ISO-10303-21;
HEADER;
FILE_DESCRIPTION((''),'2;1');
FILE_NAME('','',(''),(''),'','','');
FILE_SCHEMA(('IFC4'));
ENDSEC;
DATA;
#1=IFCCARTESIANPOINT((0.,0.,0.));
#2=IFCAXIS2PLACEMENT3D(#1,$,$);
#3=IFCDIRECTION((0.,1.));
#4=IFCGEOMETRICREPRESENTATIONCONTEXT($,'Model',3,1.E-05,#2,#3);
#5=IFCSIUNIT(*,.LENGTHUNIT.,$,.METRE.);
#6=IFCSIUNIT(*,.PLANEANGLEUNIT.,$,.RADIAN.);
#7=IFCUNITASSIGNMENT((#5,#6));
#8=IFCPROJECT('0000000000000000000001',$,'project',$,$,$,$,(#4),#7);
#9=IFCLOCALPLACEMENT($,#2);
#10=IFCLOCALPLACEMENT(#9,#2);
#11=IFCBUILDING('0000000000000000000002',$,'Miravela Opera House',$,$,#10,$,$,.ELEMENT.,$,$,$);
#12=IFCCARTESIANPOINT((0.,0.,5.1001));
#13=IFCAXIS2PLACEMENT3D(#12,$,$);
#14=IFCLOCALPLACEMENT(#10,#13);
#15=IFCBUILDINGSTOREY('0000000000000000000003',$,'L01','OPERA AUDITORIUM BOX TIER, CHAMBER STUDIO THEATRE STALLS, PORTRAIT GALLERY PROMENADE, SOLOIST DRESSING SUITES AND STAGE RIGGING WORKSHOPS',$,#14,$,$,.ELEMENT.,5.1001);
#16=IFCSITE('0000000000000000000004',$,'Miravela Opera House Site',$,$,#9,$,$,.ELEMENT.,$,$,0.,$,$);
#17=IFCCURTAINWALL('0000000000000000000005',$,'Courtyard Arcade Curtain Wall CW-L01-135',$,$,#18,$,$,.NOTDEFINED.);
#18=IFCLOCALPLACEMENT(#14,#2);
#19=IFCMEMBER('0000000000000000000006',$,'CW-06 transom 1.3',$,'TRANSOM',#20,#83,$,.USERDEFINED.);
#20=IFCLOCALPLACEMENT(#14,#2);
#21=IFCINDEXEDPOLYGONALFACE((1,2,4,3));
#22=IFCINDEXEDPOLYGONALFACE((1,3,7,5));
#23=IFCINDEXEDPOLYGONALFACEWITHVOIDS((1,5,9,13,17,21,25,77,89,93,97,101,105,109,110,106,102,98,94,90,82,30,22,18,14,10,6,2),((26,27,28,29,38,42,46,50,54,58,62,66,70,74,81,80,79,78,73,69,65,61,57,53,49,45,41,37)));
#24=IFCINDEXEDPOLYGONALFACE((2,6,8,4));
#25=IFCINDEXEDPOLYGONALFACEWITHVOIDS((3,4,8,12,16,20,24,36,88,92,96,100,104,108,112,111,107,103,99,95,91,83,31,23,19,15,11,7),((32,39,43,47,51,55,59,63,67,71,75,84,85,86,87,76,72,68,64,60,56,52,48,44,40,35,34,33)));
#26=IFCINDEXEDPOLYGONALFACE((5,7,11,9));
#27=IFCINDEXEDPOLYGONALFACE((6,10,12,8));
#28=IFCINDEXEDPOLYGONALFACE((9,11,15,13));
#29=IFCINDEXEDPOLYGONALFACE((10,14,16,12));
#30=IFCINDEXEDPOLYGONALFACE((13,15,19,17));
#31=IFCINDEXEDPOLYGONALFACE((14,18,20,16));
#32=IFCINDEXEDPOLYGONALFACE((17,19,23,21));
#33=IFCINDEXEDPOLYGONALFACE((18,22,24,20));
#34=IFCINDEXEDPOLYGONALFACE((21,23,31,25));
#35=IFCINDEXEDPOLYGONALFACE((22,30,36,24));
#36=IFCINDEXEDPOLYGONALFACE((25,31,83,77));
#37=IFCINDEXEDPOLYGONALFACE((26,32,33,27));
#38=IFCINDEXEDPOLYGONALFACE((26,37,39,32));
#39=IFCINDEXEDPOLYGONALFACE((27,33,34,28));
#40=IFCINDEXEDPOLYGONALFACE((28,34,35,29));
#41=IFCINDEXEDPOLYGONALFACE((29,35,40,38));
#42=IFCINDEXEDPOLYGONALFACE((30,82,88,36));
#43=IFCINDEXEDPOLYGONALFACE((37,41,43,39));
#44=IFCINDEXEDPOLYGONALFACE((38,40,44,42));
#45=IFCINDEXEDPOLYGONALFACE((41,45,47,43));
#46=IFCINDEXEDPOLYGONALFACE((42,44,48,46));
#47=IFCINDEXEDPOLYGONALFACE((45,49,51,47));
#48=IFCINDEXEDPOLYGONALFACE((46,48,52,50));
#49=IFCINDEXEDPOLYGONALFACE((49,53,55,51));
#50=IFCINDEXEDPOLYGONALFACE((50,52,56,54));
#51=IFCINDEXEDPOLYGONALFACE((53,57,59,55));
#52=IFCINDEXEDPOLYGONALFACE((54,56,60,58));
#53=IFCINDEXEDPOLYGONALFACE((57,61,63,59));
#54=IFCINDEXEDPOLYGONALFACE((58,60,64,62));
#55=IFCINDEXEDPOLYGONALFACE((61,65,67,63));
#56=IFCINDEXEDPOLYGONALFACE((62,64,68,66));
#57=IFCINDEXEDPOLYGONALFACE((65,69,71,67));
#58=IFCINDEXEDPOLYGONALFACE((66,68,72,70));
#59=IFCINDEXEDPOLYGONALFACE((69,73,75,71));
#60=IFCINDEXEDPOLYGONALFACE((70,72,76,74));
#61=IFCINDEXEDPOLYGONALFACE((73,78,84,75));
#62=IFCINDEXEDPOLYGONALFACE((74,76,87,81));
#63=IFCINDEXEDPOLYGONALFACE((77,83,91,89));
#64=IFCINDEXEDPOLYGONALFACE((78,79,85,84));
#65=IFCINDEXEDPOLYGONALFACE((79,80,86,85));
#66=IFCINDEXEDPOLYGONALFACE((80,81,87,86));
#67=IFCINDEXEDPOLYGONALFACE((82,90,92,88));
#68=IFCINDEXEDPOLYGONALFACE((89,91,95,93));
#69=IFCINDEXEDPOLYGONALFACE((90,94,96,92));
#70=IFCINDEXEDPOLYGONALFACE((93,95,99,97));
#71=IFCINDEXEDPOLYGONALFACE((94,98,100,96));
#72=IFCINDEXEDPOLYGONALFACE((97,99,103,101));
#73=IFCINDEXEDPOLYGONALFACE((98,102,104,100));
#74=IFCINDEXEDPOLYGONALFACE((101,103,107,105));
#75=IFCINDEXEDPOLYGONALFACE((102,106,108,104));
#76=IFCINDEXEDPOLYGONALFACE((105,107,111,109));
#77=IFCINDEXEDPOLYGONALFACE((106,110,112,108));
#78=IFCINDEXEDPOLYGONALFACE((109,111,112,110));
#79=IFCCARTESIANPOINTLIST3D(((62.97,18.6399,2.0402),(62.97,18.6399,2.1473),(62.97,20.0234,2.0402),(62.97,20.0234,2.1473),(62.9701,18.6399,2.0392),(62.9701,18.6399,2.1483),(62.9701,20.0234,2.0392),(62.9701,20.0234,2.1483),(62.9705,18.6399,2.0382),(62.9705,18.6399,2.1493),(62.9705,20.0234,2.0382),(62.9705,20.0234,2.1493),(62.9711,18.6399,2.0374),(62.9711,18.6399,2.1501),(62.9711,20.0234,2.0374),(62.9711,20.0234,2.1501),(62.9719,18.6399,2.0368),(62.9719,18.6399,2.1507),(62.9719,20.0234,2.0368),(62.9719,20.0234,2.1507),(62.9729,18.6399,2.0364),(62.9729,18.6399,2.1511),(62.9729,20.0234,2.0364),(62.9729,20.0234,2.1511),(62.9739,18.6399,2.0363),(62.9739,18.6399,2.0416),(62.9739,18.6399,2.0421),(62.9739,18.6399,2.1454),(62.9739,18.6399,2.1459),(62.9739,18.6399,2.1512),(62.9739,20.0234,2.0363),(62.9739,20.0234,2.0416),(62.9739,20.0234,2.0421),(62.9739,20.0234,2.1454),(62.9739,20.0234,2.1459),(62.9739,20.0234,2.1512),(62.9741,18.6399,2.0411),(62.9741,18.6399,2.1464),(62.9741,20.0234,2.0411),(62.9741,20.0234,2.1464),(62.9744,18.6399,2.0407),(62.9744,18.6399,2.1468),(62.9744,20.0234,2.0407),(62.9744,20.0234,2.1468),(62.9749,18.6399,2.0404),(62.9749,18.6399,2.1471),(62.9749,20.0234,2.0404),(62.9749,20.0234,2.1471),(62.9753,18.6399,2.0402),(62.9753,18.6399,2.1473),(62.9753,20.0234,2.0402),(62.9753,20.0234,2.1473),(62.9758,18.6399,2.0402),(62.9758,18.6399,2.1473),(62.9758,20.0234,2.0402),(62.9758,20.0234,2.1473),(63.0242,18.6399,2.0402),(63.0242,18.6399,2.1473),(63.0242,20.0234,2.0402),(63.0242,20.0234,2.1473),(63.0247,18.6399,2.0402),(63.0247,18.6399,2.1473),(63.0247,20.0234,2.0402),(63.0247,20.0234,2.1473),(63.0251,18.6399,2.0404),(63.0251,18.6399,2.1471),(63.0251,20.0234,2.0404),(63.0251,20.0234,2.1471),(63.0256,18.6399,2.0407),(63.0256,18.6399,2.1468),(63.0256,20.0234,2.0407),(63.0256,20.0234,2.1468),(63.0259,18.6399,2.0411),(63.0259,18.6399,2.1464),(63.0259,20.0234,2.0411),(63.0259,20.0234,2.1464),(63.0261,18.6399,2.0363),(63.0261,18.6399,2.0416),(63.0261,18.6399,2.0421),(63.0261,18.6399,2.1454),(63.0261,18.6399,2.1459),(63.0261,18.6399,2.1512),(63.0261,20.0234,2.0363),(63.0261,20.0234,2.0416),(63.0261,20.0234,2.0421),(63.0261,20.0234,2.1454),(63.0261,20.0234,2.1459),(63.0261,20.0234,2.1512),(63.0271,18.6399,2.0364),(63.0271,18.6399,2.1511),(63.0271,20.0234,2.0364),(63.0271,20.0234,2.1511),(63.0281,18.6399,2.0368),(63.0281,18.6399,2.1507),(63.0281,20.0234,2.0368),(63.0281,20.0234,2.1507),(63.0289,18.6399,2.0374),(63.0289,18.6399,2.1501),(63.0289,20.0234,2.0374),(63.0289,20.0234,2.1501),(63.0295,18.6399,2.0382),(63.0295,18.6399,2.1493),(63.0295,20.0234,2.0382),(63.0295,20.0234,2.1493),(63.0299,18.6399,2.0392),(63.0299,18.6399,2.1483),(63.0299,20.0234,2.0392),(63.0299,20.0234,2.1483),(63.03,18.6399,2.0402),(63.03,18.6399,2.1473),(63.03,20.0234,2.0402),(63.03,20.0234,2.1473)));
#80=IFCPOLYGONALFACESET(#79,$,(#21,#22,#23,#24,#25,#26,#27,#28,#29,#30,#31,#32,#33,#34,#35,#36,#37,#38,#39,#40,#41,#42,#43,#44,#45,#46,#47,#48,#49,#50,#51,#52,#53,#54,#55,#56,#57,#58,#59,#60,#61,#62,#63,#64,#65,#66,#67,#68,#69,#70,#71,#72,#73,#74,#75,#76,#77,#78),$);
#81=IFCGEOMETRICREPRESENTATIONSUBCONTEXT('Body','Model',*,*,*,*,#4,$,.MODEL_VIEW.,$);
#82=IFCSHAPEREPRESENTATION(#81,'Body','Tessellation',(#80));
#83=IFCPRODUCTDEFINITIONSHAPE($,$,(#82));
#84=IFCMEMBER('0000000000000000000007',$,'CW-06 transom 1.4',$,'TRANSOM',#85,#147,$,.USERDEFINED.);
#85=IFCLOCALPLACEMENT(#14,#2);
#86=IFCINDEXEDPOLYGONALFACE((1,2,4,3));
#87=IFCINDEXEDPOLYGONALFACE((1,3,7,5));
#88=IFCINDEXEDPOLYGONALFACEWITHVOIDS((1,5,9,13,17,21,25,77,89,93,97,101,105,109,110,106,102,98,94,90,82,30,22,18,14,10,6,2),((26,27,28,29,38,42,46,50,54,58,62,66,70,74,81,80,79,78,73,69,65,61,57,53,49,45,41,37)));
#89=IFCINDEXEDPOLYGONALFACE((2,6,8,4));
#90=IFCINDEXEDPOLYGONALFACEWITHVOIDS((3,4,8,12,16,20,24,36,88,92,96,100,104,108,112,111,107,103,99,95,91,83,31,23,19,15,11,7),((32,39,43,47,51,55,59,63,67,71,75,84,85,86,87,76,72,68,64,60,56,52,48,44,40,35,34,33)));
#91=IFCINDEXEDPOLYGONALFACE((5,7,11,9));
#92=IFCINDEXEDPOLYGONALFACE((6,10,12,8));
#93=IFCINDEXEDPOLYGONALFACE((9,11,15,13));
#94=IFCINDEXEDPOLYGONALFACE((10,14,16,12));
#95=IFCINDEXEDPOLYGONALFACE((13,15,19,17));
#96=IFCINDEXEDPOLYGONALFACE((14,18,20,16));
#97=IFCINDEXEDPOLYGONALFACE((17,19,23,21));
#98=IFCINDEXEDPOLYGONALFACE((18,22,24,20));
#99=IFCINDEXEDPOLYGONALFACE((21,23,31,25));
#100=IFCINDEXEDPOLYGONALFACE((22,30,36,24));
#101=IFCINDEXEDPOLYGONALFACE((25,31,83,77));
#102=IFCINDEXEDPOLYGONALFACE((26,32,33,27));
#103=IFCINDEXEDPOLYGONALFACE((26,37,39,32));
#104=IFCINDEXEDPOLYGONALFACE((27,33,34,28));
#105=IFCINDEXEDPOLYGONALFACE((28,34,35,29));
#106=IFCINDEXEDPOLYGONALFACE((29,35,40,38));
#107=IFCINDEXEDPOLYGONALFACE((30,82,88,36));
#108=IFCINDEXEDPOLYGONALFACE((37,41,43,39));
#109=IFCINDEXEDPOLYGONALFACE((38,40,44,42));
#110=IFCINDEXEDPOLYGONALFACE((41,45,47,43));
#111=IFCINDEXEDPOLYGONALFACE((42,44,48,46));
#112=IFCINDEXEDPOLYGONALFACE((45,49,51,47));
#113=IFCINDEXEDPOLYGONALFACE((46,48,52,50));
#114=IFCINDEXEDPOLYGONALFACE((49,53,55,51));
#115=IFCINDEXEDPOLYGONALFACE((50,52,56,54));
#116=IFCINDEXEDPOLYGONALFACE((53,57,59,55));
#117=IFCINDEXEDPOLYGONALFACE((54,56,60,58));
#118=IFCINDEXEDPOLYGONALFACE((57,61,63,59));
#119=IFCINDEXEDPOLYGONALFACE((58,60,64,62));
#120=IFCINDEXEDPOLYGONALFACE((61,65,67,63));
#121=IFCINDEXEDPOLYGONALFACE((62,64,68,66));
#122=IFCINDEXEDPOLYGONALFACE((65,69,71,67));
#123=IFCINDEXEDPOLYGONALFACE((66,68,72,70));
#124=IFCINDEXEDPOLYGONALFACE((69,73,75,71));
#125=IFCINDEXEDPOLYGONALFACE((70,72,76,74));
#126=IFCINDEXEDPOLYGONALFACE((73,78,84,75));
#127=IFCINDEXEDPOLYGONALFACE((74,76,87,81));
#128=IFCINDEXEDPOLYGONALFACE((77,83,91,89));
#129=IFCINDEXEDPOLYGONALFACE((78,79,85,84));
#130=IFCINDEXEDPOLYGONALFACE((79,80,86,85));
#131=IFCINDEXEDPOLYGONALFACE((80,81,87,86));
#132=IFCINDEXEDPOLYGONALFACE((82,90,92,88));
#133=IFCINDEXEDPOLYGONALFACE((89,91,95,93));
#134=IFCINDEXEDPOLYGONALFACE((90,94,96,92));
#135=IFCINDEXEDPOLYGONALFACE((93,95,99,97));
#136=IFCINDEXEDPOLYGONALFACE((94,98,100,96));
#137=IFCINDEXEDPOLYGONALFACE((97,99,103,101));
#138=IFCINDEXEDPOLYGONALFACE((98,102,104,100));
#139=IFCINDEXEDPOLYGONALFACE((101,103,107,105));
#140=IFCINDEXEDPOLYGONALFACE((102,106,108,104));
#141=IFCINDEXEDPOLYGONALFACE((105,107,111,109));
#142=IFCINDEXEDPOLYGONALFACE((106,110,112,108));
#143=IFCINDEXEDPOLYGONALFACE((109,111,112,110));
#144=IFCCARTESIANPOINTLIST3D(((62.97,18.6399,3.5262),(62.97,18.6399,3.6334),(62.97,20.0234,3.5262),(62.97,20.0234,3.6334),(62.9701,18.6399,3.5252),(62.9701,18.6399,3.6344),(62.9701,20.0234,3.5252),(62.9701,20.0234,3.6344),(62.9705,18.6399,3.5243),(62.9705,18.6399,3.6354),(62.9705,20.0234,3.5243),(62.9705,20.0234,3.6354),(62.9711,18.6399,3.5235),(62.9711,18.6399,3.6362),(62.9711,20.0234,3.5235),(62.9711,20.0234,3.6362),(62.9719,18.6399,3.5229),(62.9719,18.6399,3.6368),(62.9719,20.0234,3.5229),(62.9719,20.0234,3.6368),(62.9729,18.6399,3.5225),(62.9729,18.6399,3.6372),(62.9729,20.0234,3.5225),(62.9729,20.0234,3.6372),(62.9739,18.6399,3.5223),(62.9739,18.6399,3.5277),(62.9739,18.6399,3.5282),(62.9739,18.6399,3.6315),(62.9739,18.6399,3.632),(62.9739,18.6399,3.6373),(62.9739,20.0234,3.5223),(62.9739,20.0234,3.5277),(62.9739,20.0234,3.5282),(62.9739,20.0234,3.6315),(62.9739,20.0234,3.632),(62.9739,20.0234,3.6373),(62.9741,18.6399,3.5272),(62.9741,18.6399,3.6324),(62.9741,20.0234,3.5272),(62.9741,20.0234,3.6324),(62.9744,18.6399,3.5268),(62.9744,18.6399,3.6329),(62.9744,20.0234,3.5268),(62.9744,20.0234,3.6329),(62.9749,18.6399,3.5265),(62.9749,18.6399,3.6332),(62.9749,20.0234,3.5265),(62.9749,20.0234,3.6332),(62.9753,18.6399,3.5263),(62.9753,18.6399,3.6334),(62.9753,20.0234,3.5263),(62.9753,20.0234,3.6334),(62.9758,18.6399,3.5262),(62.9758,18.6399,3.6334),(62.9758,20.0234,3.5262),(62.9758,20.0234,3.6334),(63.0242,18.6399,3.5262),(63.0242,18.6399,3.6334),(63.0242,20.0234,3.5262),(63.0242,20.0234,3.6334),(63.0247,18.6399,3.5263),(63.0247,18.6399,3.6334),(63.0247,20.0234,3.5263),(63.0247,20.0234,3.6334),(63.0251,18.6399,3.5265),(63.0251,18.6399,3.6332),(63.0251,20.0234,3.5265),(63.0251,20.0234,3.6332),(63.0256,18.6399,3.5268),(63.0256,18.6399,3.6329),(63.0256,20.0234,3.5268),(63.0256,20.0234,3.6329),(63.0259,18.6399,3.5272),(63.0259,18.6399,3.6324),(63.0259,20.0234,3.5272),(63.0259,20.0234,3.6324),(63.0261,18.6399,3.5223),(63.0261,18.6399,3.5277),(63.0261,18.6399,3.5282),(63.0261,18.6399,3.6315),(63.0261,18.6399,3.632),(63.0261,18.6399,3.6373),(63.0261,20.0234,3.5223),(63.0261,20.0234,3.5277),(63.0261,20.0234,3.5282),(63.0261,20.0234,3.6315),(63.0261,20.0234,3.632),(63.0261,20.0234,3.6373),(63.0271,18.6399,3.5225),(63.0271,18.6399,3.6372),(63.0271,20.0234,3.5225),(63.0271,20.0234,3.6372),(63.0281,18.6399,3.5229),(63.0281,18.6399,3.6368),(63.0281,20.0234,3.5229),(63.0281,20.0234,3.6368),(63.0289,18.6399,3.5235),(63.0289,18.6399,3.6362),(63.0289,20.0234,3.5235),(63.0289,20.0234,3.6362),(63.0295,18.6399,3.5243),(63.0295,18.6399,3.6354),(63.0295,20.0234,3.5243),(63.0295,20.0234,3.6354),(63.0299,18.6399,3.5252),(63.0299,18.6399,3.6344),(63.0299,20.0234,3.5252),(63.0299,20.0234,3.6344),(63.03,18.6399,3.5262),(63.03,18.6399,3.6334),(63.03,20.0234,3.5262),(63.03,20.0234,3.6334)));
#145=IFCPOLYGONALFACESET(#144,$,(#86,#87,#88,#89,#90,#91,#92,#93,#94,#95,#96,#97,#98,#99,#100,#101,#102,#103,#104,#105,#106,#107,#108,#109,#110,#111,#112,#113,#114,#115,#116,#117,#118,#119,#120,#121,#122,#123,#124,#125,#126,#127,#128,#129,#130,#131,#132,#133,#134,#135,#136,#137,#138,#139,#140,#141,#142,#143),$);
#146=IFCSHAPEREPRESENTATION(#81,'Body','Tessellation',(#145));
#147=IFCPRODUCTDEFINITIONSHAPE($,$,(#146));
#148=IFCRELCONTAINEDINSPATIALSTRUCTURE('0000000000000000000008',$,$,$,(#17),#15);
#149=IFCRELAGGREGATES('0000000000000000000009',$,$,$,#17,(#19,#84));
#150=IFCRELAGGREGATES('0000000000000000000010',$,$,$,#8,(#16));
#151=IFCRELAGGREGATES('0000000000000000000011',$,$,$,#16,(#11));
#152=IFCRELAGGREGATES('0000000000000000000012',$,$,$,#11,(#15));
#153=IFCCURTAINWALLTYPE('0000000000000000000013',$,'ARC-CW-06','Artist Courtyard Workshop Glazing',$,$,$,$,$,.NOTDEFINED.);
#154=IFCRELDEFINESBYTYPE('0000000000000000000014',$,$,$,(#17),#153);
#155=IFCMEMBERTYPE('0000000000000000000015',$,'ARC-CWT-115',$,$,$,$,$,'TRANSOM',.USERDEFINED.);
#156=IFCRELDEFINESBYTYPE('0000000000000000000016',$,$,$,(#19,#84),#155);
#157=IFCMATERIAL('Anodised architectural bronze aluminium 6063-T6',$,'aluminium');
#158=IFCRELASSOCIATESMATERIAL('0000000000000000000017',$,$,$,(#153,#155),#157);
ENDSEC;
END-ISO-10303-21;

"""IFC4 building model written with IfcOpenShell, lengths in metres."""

from ifc_helpers import new_model, si_unit, direction, frame, origin, origin_2d, place, context, subcontext, project, spatial, hollow_rectangle, extrude, material, material_profile, profile_set, type_object, element, aggregate, save


model = new_model("IFC4")

# Units and contexts
model_context = context("Model", 3, precision=1e-05, world=origin(), true_north=direction((0.0, 1.0)))
body_context = subcontext(model_context, "Body", "Model", "MODEL_VIEW")
ifc_project = project(units=[si_unit("LENGTHUNIT", "METRE"), si_unit("PLANEANGLEUNIT", "RADIAN")], contexts=[model_context])

# Site, building, storey
site_placement = place(None, origin())
site = spatial("IfcSite", under=ifc_project, at=site_placement, Name="Miravela Opera House Site", CompositionType="ELEMENT", RefElevation=0.0)
building_placement = place(site_placement, origin())
building = spatial("IfcBuilding", under=site, at=building_placement, Name="Miravela Opera House", CompositionType="ELEMENT")
storey_placement = place(building_placement, frame((0.0, 0.0, 5.1001)))
storey = spatial("IfcBuildingStorey", under=building, at=storey_placement, Name="L01", Description="OPERA AUDITORIUM BOX TIER, CHAMBER STUDIO THEATRE STALLS, PORTRAIT GALLERY PROMENADE, SOLOIST DRESSING SUITES AND STAGE RIGGING WORKSHOPS", CompositionType="ELEMENT", Elevation=5.1001)

# Shared definitions
ifc_material_1 = material(Name="Anodised architectural bronze aluminium 6063-T6", Category="aluminium")
curtain_wall_type = type_object("IfcCurtainWallType", Name="ARC-CW-06", Description="Artist Courtyard Workshop Glazing", PredefinedType="NOTDEFINED", material=ifc_material_1)

# Curtain wall, members
curtain_wall_1_placement = place(storey_placement, origin())
curtain_wall_1 = element("IfcCurtainWall", 1, at=curtain_wall_1_placement, inside=storey, type_object=curtain_wall_type, Name="Courtyard Arcade Curtain Wall CW-L01-135", PredefinedType="NOTDEFINED")
ifc_material_profile_1 = material_profile(ifc_material_1, hollow_rectangle(XDim=0.0601, YDim=0.115, WallThickness=0.0039, InnerFilletRadius=0.002, OuterFilletRadius=0.0039, at=origin_2d()), Name="CWT-60X115")
ifc_profile_set_1 = profile_set([ifc_material_profile_1])
member_type_1 = type_object("IfcMemberType", Name="ARC-CWT-115", ElementType="TRANSOM", PredefinedType="USERDEFINED", material=ifc_profile_set_1)
member_1_placement = place(storey_placement, frame((63.0, 18.6399, 2.0938), z_axis=(0.0, 1.0, 0.0), x_axis=(-1.0, 0.0, 0.0)))
member_1 = element("IfcMember", 2, at=member_1_placement, type_object=member_type_1, Name="CW-06 transom 1.3", ObjectType="TRANSOM", PredefinedType="USERDEFINED", context=body_context, shape_type="SweptSolid", body=[
    extrude(hollow_rectangle(XDim=0.0601, YDim=0.115, WallThickness=0.0039, InnerFilletRadius=0.002, OuterFilletRadius=0.0039, at=origin_2d()), origin(), (0.0, 0.0, 1.0), 1.3835),
])
member_2_placement = place(storey_placement, frame((63.0, 18.6399, 3.5798), z_axis=(0.0, 1.0, 0.0), x_axis=(-1.0, 0.0, 0.0)))
member_2 = element("IfcMember", 3, at=member_2_placement, type_object=member_type_1, Name="CW-06 transom 1.4", ObjectType="TRANSOM", PredefinedType="USERDEFINED", context=body_context, shape_type="SweptSolid", body=[
    extrude(hollow_rectangle(XDim=0.0601, YDim=0.115, WallThickness=0.0039, InnerFilletRadius=0.002, OuterFilletRadius=0.0039, at=origin_2d()), origin(), (0.0, 0.0, 1.0), 1.3835),
])

aggregate(curtain_wall_1, [member_1, member_2])

save(model, "model.ifc")
